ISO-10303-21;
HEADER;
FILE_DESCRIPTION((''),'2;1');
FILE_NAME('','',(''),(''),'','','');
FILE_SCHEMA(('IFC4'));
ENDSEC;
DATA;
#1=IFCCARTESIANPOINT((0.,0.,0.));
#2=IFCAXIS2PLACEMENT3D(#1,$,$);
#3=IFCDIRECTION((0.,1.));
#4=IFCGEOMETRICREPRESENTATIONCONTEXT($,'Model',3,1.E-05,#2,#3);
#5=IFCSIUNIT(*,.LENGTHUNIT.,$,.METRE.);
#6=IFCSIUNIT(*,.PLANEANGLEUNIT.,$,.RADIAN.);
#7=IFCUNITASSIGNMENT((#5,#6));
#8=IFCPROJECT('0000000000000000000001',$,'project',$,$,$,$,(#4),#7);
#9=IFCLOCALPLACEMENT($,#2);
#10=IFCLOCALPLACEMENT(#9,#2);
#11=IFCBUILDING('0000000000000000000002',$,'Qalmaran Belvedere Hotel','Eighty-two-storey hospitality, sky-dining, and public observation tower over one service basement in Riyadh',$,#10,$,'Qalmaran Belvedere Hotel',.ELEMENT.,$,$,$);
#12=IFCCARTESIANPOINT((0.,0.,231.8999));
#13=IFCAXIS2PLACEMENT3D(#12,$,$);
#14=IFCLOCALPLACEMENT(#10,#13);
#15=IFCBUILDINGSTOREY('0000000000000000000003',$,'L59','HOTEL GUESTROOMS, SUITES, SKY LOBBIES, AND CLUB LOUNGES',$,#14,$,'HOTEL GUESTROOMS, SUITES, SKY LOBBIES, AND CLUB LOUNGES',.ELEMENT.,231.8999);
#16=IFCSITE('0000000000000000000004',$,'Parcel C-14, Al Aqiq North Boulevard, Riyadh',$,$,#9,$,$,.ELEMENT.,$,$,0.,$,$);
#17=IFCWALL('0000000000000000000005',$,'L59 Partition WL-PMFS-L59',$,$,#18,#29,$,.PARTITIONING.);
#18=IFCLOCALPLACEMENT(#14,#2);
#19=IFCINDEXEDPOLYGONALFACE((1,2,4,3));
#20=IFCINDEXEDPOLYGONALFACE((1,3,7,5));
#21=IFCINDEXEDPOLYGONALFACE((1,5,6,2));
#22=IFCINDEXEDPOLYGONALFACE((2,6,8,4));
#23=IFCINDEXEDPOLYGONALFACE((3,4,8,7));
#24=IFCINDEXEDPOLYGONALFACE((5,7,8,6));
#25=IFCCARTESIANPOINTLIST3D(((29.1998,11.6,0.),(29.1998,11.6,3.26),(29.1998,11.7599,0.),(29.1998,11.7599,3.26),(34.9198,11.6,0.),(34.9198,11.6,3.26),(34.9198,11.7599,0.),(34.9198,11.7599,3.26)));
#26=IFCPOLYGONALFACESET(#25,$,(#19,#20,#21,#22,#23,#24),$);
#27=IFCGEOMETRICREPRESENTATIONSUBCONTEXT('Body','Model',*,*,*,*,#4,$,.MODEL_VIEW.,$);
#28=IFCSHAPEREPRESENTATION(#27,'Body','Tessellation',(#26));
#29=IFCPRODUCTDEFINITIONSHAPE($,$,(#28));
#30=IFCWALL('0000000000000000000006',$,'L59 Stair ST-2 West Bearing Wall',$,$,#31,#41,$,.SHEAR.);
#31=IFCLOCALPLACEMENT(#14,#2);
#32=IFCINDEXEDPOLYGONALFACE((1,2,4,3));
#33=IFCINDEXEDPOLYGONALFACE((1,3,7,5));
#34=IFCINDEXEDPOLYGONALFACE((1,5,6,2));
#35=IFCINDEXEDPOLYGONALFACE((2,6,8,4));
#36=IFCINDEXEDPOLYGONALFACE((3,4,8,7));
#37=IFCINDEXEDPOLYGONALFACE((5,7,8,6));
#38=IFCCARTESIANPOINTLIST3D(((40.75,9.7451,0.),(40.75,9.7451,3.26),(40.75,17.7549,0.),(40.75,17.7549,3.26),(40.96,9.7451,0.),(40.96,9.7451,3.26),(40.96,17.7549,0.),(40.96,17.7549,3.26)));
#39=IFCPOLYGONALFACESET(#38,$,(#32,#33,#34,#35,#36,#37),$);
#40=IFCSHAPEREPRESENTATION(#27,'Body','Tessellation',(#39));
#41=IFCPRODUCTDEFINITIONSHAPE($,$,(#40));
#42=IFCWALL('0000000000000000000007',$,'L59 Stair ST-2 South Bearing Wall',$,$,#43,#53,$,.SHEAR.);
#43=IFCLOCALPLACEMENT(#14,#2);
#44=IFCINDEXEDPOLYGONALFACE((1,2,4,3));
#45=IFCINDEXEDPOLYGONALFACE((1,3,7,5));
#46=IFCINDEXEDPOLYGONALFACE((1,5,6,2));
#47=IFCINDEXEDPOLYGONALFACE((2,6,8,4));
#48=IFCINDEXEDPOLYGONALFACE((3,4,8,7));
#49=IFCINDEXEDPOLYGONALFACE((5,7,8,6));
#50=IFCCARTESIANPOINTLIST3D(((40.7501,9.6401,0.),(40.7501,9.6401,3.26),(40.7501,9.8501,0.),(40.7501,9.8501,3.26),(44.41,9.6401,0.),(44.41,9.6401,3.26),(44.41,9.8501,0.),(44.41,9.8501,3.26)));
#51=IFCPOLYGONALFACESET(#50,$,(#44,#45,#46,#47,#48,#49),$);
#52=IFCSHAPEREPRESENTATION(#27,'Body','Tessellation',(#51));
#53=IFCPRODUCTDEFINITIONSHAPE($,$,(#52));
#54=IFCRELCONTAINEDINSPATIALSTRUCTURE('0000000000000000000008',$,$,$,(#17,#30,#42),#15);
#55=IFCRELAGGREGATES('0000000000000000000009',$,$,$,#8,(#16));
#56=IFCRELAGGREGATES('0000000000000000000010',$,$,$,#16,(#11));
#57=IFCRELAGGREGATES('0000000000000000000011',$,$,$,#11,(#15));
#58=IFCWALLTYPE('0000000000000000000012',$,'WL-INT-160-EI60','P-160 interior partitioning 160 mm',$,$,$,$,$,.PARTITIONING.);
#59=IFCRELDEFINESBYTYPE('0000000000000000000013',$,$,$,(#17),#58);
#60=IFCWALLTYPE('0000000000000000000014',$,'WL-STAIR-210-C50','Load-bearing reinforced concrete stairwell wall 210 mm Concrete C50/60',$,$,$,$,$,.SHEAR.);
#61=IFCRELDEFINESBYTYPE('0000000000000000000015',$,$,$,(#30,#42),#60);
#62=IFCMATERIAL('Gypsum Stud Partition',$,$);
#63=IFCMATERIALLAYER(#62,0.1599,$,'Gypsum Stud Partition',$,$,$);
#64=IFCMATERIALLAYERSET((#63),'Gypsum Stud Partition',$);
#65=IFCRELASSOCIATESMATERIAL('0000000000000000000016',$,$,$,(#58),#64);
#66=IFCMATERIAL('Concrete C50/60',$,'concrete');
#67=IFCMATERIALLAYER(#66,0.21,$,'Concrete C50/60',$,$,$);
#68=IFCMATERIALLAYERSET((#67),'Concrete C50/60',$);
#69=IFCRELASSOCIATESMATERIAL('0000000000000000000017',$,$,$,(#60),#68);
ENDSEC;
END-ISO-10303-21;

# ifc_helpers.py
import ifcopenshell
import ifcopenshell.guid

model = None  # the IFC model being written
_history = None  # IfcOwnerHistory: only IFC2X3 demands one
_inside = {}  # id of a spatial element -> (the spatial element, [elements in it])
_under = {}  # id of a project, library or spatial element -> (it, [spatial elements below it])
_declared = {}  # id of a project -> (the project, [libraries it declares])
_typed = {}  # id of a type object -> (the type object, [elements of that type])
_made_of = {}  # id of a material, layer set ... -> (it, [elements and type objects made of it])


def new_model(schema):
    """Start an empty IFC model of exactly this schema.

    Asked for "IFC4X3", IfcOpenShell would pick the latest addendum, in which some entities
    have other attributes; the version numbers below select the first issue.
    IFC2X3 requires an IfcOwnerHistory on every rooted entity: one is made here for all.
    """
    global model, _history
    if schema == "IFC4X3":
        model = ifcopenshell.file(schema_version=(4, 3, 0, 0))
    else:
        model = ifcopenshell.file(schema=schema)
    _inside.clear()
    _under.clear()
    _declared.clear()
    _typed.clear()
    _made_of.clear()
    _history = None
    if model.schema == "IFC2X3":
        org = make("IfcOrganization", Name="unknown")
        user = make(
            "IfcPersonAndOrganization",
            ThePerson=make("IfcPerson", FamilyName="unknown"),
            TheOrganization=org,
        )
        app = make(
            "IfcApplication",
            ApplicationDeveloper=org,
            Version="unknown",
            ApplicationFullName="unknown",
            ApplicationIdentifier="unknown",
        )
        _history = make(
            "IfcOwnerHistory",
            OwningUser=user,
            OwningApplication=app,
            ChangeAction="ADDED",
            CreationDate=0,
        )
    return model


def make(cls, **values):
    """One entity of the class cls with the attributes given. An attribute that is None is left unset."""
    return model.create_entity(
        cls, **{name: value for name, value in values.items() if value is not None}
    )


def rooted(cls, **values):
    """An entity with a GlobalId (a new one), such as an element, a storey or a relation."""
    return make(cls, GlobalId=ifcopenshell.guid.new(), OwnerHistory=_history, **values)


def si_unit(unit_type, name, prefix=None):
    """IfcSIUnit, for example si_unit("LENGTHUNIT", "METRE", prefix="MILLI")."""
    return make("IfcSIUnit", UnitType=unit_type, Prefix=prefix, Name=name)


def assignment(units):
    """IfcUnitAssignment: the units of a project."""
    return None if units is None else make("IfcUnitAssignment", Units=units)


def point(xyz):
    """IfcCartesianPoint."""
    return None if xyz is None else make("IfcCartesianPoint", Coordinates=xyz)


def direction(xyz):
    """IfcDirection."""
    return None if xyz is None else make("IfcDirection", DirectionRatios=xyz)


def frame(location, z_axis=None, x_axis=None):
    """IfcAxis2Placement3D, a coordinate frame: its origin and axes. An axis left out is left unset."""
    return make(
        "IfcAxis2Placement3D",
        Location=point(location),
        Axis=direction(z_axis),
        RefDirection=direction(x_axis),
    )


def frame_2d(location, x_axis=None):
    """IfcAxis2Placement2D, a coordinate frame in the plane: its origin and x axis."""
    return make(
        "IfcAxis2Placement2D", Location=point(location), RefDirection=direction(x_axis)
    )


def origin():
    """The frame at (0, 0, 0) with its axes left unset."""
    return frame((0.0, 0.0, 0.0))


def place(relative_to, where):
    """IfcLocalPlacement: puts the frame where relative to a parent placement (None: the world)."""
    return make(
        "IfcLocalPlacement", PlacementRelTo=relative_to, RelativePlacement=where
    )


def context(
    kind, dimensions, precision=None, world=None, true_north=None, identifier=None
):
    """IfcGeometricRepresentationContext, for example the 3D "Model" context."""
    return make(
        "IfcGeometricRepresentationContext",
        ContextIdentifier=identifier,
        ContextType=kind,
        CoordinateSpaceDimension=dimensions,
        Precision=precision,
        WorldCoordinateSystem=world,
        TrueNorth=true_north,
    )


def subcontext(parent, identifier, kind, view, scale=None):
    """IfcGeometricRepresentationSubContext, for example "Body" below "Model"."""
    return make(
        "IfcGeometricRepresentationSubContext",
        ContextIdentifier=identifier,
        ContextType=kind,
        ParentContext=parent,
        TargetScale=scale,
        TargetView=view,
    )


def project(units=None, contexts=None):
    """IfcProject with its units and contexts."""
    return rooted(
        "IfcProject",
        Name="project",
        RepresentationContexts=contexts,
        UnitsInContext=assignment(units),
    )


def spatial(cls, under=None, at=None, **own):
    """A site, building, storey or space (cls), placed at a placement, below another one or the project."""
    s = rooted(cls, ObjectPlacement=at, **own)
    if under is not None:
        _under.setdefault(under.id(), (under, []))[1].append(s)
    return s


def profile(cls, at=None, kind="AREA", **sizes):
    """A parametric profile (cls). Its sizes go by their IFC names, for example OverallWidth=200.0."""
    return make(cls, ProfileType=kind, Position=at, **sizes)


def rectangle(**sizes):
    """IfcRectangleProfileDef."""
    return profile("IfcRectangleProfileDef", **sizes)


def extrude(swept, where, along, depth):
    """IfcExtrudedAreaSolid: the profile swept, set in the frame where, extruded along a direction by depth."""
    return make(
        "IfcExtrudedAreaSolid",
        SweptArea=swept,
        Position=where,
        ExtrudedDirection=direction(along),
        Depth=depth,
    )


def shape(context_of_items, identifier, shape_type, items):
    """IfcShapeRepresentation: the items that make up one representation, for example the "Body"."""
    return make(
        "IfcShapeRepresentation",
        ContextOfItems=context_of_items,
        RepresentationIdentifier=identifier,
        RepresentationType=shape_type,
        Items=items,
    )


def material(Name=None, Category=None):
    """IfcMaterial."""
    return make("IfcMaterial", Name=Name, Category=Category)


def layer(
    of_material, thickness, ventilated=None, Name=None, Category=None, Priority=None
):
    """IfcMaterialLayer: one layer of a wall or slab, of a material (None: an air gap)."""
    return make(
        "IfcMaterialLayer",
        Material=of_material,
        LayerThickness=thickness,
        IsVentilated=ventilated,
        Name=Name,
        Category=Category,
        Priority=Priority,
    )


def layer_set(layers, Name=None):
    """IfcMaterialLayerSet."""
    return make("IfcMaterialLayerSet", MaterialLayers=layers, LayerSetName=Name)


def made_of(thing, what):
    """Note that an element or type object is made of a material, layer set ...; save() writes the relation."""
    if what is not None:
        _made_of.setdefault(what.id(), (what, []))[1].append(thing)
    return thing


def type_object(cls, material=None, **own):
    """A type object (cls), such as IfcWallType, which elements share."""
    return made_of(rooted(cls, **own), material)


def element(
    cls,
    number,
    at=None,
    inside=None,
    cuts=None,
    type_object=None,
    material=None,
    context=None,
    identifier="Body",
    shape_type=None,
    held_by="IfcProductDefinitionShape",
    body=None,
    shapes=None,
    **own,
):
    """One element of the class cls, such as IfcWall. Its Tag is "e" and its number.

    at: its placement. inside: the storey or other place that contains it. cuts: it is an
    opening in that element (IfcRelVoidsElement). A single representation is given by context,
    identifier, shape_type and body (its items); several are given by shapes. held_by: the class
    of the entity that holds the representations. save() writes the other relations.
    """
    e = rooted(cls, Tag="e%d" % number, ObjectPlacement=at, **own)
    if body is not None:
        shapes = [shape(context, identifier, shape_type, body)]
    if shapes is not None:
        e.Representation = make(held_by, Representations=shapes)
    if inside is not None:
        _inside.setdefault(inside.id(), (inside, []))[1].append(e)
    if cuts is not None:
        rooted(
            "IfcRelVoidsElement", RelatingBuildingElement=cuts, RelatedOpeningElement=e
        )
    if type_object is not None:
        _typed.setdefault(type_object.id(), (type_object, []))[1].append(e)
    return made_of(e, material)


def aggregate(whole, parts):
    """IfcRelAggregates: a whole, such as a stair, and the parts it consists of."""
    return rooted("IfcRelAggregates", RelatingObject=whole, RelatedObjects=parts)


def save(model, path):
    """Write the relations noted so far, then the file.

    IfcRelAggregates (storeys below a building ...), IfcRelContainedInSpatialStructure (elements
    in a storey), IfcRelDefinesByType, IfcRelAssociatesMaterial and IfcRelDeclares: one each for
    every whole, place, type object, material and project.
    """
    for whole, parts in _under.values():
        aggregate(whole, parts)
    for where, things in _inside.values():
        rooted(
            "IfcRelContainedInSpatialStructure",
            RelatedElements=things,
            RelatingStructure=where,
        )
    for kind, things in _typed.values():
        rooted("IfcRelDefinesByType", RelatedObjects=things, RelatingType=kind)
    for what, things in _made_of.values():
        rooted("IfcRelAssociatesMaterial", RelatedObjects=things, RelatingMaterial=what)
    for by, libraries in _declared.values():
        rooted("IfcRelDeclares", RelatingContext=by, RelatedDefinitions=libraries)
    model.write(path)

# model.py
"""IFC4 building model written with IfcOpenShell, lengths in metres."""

from ifc_helpers import new_model, si_unit, direction, frame, frame_2d, origin, place, context, subcontext, project, spatial, rectangle, extrude, material, layer, layer_set, type_object, element, save


model = new_model("IFC4")

# Units and contexts
model_context = context("Model", 3, precision=1e-05, world=origin(), true_north=direction((0.0, 1.0)))
body_context = subcontext(model_context, "Body", "Model", "MODEL_VIEW")
ifc_project = project(units=[si_unit("LENGTHUNIT", "METRE"), si_unit("PLANEANGLEUNIT", "RADIAN")], contexts=[model_context])

# Site, building, storey
site_placement = place(None, origin())
site = spatial("IfcSite", under=ifc_project, at=site_placement, Name="Parcel C-14, Al Aqiq North Boulevard, Riyadh", CompositionType="ELEMENT", RefElevation=0.0)
building_placement = place(site_placement, origin())
building = spatial("IfcBuilding", under=site, at=building_placement, Name="Qalmaran Belvedere Hotel", Description="Eighty-two-storey hospitality, sky-dining, and public observation tower over one service basement in Riyadh", LongName="Qalmaran Belvedere Hotel", CompositionType="ELEMENT")
storey_placement = place(building_placement, frame((0.0, 0.0, 231.8999)))
storey = spatial("IfcBuildingStorey", under=building, at=storey_placement, Name="L59", Description="HOTEL GUESTROOMS, SUITES, SKY LOBBIES, AND CLUB LOUNGES", LongName="HOTEL GUESTROOMS, SUITES, SKY LOBBIES, AND CLUB LOUNGES", CompositionType="ELEMENT", Elevation=231.8999)

# Shared definitions
ifc_material_1 = material(Name="Concrete C50/60", Category="concrete")

# Shared definitions
ifc_material_2 = material(Name="Gypsum Stud Partition")

# Shared definitions
ifc_layer_1 = layer(ifc_material_2, 0.1599, Name="Gypsum Stud Partition")
ifc_layer_set_1 = layer_set([ifc_layer_1], Name="Gypsum Stud Partition")
wall_type_1 = type_object("IfcWallType", Name="WL-INT-160-EI60", Description="P-160 interior partitioning 160 mm", PredefinedType="PARTITIONING", material=ifc_layer_set_1)

# Walls
wall_1_placement = place(storey_placement, frame((29.2, 11.6799, 0.0), z_axis=(0.0, 0.0, 1.0), x_axis=(1.0, 0.0, 0.0)))
element("IfcWall", 1, at=wall_1_placement, inside=storey, type_object=wall_type_1, Name="L59 Partition WL-PMFS-L59", PredefinedType="PARTITIONING", context=body_context, shape_type="SweptSolid", body=[
    extrude(rectangle(XDim=5.72, YDim=0.1599, at=frame_2d((2.8599, 0.0))), origin(), (0.0, 0.0, 1.0), 3.26),
])
ifc_layer_2 = layer(ifc_material_1, 0.21, Name="Concrete C50/60")
ifc_layer_set_2 = layer_set([ifc_layer_2], Name="Concrete C50/60")
wall_type_2 = type_object("IfcWallType", Name="WL-STAIR-210-C50", Description="Load-bearing reinforced concrete stairwell wall 210 mm Concrete C50/60", PredefinedType="SHEAR", material=ifc_layer_set_2)
wall_2_placement = place(storey_placement, frame((40.855, 9.7451, 0.0), z_axis=(0.0, 0.0, 1.0), x_axis=(0.0, 1.0, 0.0)))
element("IfcWall", 2, at=wall_2_placement, inside=storey, type_object=wall_type_2, Name="L59 Stair ST-2 West Bearing Wall", PredefinedType="SHEAR", context=body_context, shape_type="SweptSolid", body=[
    extrude(rectangle(XDim=8.0098, YDim=0.21, at=frame_2d((4.0049, 0.0))), origin(), (0.0, 0.0, 1.0), 3.26),
])
wall_3_placement = place(storey_placement, frame((40.75, 9.7451, 0.0), z_axis=(0.0, 0.0, 1.0), x_axis=(1.0, 0.0, 0.0)))
element("IfcWall", 3, at=wall_3_placement, inside=storey, type_object=wall_type_2, Name="L59 Stair ST-2 South Bearing Wall", PredefinedType="SHEAR", context=body_context, shape_type="SweptSolid", body=[
    extrude(rectangle(XDim=3.6599, YDim=0.21, at=frame_2d((1.8301, 0.0))), origin(), (0.0, 0.0, 1.0), 3.26),
])

save(model, "model.ifc")
